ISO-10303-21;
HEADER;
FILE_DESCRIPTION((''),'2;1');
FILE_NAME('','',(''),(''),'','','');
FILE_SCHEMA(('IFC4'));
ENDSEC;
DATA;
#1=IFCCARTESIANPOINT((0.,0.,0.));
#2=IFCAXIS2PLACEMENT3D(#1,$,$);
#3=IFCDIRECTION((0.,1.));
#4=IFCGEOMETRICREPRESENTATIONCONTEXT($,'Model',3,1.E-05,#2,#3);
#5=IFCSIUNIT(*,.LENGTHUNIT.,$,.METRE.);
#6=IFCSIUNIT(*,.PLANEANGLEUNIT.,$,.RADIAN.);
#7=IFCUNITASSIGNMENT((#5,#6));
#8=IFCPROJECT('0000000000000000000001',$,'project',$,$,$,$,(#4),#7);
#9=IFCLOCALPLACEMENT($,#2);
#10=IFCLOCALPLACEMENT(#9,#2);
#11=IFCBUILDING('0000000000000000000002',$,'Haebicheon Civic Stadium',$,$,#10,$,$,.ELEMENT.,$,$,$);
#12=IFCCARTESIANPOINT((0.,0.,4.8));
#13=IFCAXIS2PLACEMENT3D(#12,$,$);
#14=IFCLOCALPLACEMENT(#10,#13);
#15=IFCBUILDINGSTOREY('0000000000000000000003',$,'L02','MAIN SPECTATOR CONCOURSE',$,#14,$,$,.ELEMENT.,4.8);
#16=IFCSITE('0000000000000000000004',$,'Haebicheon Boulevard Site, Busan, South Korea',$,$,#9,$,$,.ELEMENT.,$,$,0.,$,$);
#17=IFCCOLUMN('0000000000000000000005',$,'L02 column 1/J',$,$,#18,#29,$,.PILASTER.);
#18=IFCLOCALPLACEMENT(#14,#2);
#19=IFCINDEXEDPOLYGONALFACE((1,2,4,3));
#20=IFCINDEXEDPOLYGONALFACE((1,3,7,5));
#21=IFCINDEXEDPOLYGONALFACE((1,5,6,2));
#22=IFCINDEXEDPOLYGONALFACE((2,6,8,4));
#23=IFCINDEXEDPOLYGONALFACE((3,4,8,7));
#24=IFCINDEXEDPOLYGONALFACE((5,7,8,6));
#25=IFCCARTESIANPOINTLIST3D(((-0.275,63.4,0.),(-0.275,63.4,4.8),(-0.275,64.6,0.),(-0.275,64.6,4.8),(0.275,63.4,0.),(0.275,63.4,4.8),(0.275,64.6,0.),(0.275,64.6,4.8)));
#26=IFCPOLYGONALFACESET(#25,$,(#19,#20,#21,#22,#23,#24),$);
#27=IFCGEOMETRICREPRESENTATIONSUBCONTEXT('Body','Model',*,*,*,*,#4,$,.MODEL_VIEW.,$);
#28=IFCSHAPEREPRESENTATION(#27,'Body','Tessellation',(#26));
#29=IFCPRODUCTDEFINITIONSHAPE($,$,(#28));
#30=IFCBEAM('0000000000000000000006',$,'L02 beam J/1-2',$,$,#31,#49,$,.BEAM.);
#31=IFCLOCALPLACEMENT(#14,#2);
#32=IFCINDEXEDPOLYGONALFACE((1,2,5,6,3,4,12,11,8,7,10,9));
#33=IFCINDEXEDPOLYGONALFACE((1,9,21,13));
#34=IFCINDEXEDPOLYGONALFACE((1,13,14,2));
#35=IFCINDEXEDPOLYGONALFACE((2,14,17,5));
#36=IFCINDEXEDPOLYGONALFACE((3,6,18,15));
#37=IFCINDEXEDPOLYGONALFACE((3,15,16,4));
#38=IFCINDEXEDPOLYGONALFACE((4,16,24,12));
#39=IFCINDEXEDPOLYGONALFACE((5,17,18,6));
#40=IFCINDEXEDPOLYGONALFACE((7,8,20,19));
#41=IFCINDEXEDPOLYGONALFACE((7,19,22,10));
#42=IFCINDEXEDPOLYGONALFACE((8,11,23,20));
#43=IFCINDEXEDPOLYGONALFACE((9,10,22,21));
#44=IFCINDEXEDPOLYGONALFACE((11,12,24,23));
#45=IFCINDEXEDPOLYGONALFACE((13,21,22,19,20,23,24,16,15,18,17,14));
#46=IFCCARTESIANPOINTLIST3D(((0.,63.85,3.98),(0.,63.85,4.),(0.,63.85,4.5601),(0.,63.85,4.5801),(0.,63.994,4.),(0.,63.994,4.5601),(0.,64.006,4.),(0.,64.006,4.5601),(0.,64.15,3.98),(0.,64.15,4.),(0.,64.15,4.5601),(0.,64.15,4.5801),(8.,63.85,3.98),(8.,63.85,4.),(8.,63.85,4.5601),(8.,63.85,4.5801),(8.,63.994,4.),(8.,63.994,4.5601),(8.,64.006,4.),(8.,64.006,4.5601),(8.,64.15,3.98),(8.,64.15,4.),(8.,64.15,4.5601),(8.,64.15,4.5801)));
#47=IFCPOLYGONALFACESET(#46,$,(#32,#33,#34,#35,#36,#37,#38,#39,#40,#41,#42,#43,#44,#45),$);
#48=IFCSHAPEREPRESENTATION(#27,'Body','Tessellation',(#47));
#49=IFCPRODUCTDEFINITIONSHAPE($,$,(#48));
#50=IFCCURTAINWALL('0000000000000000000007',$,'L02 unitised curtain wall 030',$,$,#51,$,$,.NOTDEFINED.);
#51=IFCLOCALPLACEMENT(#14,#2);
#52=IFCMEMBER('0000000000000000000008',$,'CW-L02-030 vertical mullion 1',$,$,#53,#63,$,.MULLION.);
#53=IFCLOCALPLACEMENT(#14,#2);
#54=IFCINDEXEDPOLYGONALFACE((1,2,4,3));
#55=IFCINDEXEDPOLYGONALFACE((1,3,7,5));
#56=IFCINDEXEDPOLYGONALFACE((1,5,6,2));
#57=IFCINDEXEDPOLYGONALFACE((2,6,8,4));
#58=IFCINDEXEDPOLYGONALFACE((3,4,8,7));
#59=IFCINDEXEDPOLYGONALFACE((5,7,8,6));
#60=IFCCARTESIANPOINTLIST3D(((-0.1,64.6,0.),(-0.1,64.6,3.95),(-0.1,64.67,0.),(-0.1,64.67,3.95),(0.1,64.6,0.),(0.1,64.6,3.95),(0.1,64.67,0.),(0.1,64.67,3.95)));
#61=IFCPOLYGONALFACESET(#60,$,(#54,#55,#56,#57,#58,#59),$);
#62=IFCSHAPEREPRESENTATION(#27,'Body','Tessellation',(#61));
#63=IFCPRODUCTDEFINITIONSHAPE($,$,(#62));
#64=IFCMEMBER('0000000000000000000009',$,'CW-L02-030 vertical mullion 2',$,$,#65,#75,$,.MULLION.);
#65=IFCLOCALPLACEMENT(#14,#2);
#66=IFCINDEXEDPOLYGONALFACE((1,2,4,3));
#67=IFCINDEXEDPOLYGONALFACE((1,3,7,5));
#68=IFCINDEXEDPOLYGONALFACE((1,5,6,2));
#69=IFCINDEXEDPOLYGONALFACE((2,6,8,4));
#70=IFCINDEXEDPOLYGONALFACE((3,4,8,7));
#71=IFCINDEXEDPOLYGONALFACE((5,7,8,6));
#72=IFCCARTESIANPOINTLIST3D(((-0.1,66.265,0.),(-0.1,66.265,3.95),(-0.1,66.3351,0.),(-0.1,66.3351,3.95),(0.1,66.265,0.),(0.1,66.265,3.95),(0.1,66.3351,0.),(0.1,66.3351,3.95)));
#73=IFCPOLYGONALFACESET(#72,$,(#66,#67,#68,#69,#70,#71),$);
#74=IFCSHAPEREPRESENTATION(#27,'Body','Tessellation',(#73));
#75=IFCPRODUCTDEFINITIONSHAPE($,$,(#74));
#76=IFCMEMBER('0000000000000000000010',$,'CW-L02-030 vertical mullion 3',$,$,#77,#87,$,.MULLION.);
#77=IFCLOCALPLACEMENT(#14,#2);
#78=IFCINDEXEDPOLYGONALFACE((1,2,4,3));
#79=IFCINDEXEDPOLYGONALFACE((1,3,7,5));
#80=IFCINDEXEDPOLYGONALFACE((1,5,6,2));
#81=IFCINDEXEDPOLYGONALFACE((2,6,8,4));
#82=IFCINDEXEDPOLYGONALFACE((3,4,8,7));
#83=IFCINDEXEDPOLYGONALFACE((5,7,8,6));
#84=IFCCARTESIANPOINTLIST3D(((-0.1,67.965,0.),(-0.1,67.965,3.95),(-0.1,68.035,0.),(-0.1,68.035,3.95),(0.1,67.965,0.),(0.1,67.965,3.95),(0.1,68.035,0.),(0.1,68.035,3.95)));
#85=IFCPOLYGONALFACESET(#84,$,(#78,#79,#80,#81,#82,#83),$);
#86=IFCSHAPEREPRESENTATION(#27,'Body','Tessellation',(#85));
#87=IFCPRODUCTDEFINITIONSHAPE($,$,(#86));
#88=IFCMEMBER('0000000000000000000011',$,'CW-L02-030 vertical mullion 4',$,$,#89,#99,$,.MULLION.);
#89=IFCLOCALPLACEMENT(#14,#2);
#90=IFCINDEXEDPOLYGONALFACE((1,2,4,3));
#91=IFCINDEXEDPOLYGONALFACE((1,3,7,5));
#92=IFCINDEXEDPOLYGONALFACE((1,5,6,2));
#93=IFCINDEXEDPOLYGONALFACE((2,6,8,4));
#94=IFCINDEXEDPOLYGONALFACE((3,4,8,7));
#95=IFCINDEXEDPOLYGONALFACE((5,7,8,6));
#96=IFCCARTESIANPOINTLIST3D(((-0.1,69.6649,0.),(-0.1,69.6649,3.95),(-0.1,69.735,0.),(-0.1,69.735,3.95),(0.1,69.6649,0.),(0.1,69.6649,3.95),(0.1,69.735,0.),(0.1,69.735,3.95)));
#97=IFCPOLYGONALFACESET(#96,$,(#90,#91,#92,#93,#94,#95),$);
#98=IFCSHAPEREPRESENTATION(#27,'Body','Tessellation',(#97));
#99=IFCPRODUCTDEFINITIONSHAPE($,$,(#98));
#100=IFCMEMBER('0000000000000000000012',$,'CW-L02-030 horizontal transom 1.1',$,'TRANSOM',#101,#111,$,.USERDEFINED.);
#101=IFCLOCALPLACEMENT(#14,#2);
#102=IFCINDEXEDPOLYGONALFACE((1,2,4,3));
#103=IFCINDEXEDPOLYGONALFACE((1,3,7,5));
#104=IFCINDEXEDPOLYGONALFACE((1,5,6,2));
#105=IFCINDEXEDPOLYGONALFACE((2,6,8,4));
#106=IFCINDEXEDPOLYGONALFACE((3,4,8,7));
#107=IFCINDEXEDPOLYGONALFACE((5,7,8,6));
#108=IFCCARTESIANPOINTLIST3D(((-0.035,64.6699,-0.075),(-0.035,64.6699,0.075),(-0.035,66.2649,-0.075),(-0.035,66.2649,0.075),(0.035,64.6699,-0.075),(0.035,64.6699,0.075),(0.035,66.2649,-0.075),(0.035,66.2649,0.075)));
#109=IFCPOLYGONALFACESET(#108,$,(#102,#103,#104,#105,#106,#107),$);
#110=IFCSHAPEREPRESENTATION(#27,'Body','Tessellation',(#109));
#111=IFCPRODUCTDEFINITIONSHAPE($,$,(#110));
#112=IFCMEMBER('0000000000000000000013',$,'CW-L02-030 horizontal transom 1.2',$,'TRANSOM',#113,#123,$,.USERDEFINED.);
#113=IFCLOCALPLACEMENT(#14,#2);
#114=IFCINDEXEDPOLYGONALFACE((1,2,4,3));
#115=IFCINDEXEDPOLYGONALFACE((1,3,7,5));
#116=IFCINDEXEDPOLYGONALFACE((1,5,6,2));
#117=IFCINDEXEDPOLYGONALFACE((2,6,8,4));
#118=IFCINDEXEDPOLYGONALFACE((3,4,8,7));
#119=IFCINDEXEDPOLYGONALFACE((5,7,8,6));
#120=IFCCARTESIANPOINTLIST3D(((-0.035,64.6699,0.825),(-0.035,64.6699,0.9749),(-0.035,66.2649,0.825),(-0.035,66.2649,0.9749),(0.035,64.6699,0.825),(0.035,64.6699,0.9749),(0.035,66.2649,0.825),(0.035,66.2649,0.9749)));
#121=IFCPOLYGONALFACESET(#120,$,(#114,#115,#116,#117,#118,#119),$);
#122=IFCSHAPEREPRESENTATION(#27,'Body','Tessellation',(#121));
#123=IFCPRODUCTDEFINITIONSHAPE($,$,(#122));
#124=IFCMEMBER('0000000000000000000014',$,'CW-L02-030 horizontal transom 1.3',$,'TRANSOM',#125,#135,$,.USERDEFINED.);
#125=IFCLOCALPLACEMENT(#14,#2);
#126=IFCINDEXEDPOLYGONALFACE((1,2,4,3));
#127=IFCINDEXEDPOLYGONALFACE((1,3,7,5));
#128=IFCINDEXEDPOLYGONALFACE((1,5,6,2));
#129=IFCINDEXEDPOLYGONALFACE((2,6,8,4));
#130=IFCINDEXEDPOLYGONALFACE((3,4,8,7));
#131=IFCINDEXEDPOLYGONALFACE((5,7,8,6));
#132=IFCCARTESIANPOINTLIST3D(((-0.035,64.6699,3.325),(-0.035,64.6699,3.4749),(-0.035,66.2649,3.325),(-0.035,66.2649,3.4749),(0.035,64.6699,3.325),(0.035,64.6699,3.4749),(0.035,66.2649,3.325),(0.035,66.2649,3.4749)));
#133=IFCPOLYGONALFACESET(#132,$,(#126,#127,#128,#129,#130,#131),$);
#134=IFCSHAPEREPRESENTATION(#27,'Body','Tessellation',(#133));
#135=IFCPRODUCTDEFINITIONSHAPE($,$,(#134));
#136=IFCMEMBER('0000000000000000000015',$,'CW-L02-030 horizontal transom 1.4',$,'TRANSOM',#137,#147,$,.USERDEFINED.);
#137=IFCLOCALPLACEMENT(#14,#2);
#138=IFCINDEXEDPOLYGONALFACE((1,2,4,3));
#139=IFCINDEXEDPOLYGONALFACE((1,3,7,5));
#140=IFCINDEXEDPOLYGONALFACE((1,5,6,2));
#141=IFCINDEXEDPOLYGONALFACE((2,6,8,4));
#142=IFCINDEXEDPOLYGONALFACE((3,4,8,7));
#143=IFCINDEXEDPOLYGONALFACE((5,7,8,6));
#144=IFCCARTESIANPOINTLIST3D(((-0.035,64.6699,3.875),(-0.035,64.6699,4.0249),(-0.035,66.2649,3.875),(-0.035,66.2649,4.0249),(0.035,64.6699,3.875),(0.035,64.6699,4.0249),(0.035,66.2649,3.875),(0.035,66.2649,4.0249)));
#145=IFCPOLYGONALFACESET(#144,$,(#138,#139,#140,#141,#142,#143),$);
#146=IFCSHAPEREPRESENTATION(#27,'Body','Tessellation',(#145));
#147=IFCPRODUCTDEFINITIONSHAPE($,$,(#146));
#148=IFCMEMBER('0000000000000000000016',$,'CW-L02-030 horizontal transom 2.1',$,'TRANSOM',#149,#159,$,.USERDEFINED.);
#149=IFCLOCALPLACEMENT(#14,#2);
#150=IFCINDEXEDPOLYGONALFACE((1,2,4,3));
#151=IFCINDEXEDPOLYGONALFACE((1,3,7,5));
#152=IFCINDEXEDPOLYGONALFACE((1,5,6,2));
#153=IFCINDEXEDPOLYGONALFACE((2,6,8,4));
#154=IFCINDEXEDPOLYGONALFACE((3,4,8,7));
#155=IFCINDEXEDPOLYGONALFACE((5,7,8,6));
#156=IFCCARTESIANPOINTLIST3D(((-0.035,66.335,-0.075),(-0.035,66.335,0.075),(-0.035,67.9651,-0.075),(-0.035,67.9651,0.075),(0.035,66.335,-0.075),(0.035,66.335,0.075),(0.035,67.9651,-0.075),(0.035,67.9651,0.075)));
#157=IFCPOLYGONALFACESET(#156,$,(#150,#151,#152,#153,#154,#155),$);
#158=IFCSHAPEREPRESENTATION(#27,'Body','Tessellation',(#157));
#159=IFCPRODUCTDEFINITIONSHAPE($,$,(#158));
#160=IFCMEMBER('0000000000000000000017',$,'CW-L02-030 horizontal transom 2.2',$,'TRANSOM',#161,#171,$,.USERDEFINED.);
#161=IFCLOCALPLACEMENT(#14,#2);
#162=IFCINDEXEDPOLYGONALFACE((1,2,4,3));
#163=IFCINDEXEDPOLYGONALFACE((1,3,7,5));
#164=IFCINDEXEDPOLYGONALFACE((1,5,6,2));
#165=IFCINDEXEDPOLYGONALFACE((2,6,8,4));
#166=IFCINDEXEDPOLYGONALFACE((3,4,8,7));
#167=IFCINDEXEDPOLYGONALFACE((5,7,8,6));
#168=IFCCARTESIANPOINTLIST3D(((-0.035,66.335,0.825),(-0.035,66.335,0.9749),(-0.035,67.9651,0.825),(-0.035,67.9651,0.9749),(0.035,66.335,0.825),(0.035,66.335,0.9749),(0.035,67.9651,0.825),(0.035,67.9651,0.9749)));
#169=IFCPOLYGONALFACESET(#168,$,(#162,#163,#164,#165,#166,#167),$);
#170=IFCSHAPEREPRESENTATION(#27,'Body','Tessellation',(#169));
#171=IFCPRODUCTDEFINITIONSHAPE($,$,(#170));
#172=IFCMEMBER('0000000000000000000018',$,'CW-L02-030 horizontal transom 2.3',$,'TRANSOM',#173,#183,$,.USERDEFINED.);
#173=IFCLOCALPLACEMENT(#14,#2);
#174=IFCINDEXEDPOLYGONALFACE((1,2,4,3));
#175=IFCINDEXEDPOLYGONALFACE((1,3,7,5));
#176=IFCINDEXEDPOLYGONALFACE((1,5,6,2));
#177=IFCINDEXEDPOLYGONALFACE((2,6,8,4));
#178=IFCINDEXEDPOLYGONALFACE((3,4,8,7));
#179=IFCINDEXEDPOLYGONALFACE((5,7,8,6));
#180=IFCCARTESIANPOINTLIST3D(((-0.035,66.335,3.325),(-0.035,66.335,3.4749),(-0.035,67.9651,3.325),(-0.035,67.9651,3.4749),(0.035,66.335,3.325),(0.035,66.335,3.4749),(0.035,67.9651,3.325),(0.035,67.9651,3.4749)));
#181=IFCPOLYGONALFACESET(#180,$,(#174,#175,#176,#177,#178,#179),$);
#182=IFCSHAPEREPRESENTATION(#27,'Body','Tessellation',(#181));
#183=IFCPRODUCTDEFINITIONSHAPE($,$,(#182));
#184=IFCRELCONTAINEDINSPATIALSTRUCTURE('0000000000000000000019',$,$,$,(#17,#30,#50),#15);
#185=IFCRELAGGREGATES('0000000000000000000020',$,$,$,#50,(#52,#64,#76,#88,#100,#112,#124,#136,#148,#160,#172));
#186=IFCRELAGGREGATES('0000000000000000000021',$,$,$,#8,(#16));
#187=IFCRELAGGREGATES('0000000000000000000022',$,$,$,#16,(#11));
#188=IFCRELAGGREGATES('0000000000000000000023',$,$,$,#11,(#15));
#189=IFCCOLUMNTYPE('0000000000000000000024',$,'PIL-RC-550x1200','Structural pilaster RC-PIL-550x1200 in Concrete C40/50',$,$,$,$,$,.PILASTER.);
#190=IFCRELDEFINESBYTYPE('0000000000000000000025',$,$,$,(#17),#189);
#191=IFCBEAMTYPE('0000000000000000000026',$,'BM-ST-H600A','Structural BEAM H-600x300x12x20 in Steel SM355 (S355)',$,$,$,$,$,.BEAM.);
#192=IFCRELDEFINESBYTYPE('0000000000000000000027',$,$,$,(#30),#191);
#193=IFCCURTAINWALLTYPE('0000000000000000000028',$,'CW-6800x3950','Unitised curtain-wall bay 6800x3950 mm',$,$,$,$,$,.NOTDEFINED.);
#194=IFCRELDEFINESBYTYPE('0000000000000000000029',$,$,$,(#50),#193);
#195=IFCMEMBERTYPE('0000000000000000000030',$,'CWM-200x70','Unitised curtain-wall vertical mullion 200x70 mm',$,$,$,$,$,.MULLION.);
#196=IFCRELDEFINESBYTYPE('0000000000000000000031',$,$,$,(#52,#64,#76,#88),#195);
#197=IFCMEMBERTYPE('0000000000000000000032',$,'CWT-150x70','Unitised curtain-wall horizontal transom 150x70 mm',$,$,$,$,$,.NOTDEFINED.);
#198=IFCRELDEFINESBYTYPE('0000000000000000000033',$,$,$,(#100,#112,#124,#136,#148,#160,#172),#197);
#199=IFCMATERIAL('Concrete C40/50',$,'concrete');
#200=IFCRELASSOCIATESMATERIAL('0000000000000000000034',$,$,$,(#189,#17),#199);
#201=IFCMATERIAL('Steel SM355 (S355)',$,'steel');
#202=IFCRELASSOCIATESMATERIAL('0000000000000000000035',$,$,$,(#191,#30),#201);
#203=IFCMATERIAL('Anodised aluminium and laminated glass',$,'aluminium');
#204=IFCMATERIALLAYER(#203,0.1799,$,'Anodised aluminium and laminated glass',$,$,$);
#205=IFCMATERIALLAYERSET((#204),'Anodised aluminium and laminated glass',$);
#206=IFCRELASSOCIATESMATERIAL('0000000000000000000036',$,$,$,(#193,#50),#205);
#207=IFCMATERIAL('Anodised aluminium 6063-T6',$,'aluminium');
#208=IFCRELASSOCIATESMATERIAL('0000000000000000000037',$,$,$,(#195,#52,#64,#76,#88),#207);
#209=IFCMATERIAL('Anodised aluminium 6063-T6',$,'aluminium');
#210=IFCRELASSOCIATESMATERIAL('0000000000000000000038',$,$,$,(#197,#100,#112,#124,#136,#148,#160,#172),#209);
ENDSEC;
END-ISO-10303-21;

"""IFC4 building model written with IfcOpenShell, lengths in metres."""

from ifc_helpers import new_model, si_unit, direction, frame, origin, origin_2d, place, context, subcontext, project, spatial, rectangle, i_section, extrude, material, layer, layer_set, material_profile, profile_set, type_object, element, aggregate, save


model = new_model("IFC4")

# Units and contexts
model_context = context("Model", 3, precision=1e-05, world=origin(), true_north=direction((0.0, 1.0)))
body_context = subcontext(model_context, "Body", "Model", "MODEL_VIEW")
ifc_project = project(units=[si_unit("LENGTHUNIT", "METRE"), si_unit("PLANEANGLEUNIT", "RADIAN")], contexts=[model_context])

# Site, building, storey
site_placement = place(None, origin())
site = spatial("IfcSite", under=ifc_project, at=site_placement, Name="Haebicheon Boulevard Site, Busan, South Korea", CompositionType="ELEMENT", RefElevation=0.0)
building_placement = place(site_placement, origin())
building = spatial("IfcBuilding", under=site, at=building_placement, Name="Haebicheon Civic Stadium", CompositionType="ELEMENT")
storey_placement = place(building_placement, frame((0.0, 0.0, 4.8)))
storey = spatial("IfcBuildingStorey", under=building, at=storey_placement, Name="L02", Description="MAIN SPECTATOR CONCOURSE", CompositionType="ELEMENT", Elevation=4.8)

# Column
ifc_material_1 = material(Name="Concrete C40/50", Category="concrete")
ifc_material_profile_1 = material_profile(ifc_material_1, rectangle(XDim=0.55, YDim=1.2, at=origin_2d()), Name="RC-PIL-550x1200")
ifc_profile_set_1 = profile_set([ifc_material_profile_1], Name="Concrete C40/50")
column_type = type_object("IfcColumnType", Name="PIL-RC-550x1200", Description="Structural pilaster RC-PIL-550x1200 in Concrete C40/50", PredefinedType="PILASTER", material=ifc_profile_set_1)
column_placement = place(storey_placement, frame((0.0, 64.0, 0.0), z_axis=(0.0, 0.0, 1.0), x_axis=(1.0, 0.0, 0.0)))
element("IfcColumn", 1, at=column_placement, inside=storey, type_object=column_type, material=ifc_profile_set_1, Name="L02 column 1/J", PredefinedType="PILASTER", context=body_context, shape_type="SweptSolid", body=[
    extrude(rectangle(XDim=0.55, YDim=1.2, at=origin_2d()), origin(), (0.0, 0.0, 1.0), 4.8),
])

# Beam
ifc_material_2 = material(Name="Steel SM355 (S355)", Category="steel")
ifc_material_profile_2 = material_profile(ifc_material_2, i_section(OverallWidth=0.3, OverallDepth=0.6001, WebThickness=0.012, FlangeThickness=0.02, at=origin_2d()), Name="H-600x300x12x20")
ifc_profile_set_2 = profile_set([ifc_material_profile_2], Name="Steel SM355 (S355)")
beam_type_1 = type_object("IfcBeamType", Name="BM-ST-H600A", Description="Structural BEAM H-600x300x12x20 in Steel SM355 (S355)", PredefinedType="BEAM", material=ifc_profile_set_2)
beam_1_placement = place(storey_placement, frame((0.0, 64.0, 4.28), z_axis=(1.0, 0.0, 0.0), x_axis=(0.0, 1.0, 0.0)))
element("IfcBeam", 2, at=beam_1_placement, inside=storey, type_object=beam_type_1, material=ifc_profile_set_2, Name="L02 beam J/1-2", PredefinedType="BEAM", context=body_context, shape_type="SweptSolid", body=[
    extrude(i_section(OverallWidth=0.3, OverallDepth=0.6001, WebThickness=0.012, FlangeThickness=0.02, at=origin_2d()), origin(), (0.0, 0.0, 1.0), 8.0),
])

# Curtain wall, members
ifc_material_3 = material(Name="Anodised aluminium and laminated glass", Category="aluminium")
ifc_layer_1 = layer(ifc_material_3, 0.1799, Name="Anodised aluminium and laminated glass")
ifc_layer_set_1 = layer_set([ifc_layer_1], Name="Anodised aluminium and laminated glass")
curtain_wall_type = type_object("IfcCurtainWallType", Name="CW-6800x3950", Description="Unitised curtain-wall bay 6800x3950 mm", PredefinedType="NOTDEFINED", material=ifc_layer_set_1)
curtain_wall_placement = place(storey_placement, origin())
curtain_wall = element("IfcCurtainWall", 3, at=curtain_wall_placement, inside=storey, type_object=curtain_wall_type, material=ifc_layer_set_1, Name="L02 unitised curtain wall 030", PredefinedType="NOTDEFINED")
ifc_material_4 = material(Name="Anodised aluminium 6063-T6", Category="aluminium")
ifc_material_profile_3 = material_profile(ifc_material_4, rectangle(XDim=0.0701, YDim=0.2, at=origin_2d()), Name="ALU-MULL-70x200")
ifc_profile_set_3 = profile_set([ifc_material_profile_3], Name="Anodised aluminium 6063-T6")
member_type_1 = type_object("IfcMemberType", Name="CWM-200x70", Description="Unitised curtain-wall vertical mullion 200x70 mm", PredefinedType="MULLION", material=ifc_profile_set_3)
member_1_placement = place(storey_placement, frame((0.0, 64.635, 0.0), z_axis=(0.0, 0.0, 1.0), x_axis=(0.0, 1.0, 0.0)))
member_1 = element("IfcMember", 4, at=member_1_placement, type_object=member_type_1, material=ifc_profile_set_3, Name="CW-L02-030 vertical mullion 1", PredefinedType="MULLION", context=body_context, shape_type="SweptSolid", body=[
    extrude(rectangle(XDim=0.0701, YDim=0.2, at=origin_2d()), origin(), (0.0, 0.0, 1.0), 3.95),
])
member_2_placement = place(storey_placement, frame((0.0, 66.3, 0.0), z_axis=(0.0, 0.0, 1.0), x_axis=(0.0, 1.0, 0.0)))
member_2 = element("IfcMember", 5, at=member_2_placement, type_object=member_type_1, material=ifc_profile_set_3, Name="CW-L02-030 vertical mullion 2", PredefinedType="MULLION", context=body_context, shape_type="SweptSolid", body=[
    extrude(rectangle(XDim=0.0701, YDim=0.2, at=origin_2d()), origin(), (0.0, 0.0, 1.0), 3.95),
])
member_3_placement = place(storey_placement, frame((0.0, 68.0, 0.0), z_axis=(0.0, 0.0, 1.0), x_axis=(0.0, 1.0, 0.0)))
member_3 = element("IfcMember", 6, at=member_3_placement, type_object=member_type_1, material=ifc_profile_set_3, Name="CW-L02-030 vertical mullion 3", PredefinedType="MULLION", context=body_context, shape_type="SweptSolid", body=[
    extrude(rectangle(XDim=0.0701, YDim=0.2, at=origin_2d()), origin(), (0.0, 0.0, 1.0), 3.95),
])
member_4_placement = place(storey_placement, frame((0.0, 69.7, 0.0), z_axis=(0.0, 0.0, 1.0), x_axis=(0.0, 1.0, 0.0)))
member_4 = element("IfcMember", 7, at=member_4_placement, type_object=member_type_1, material=ifc_profile_set_3, Name="CW-L02-030 vertical mullion 4", PredefinedType="MULLION", context=body_context, shape_type="SweptSolid", body=[
    extrude(rectangle(XDim=0.0701, YDim=0.2, at=origin_2d()), origin(), (0.0, 0.0, 1.0), 3.95),
])
ifc_material_5 = material(Name="Anodised aluminium 6063-T6", Category="aluminium")
ifc_material_profile_4 = material_profile(ifc_material_5, rectangle(XDim=0.0701, YDim=0.1499, at=origin_2d()), Name="ALU-TRAN-70x150")
ifc_profile_set_4 = profile_set([ifc_material_profile_4], Name="Anodised aluminium 6063-T6")
member_type_2 = type_object("IfcMemberType", Name="CWT-150x70", Description="Unitised curtain-wall horizontal transom 150x70 mm", PredefinedType="NOTDEFINED", material=ifc_profile_set_4)
member_5_placement = place(storey_placement, frame((0.0, 64.6699, 0.0), z_axis=(0.0, 1.0, 0.0), x_axis=(-1.0, 0.0, 0.0)))
member_5 = element("IfcMember", 8, at=member_5_placement, type_object=member_type_2, material=ifc_profile_set_4, Name="CW-L02-030 horizontal transom 1.1", ObjectType="TRANSOM", PredefinedType="USERDEFINED", context=body_context, shape_type="SweptSolid", body=[
    extrude(rectangle(XDim=0.0701, YDim=0.1499, at=origin_2d()), origin(), (0.0, 0.0, 1.0), 1.595),
])
member_6_placement = place(storey_placement, frame((0.0, 64.6699, 0.8999), z_axis=(0.0, 1.0, 0.0), x_axis=(-1.0, 0.0, 0.0)))
member_6 = element("IfcMember", 9, at=member_6_placement, type_object=member_type_2, material=ifc_profile_set_4, Name="CW-L02-030 horizontal transom 1.2", ObjectType="TRANSOM", PredefinedType="USERDEFINED", context=body_context, shape_type="SweptSolid", body=[
    extrude(rectangle(XDim=0.0701, YDim=0.1499, at=origin_2d()), origin(), (0.0, 0.0, 1.0), 1.595),
])
member_7_placement = place(storey_placement, frame((0.0, 64.6699, 3.3999), z_axis=(0.0, 1.0, 0.0), x_axis=(-1.0, 0.0, 0.0)))
member_7 = element("IfcMember", 10, at=member_7_placement, type_object=member_type_2, material=ifc_profile_set_4, Name="CW-L02-030 horizontal transom 1.3", ObjectType="TRANSOM", PredefinedType="USERDEFINED", context=body_context, shape_type="SweptSolid", body=[
    extrude(rectangle(XDim=0.0701, YDim=0.1499, at=origin_2d()), origin(), (0.0, 0.0, 1.0), 1.595),
])
member_8_placement = place(storey_placement, frame((0.0, 64.6699, 3.95), z_axis=(0.0, 1.0, 0.0), x_axis=(-1.0, 0.0, 0.0)))
member_8 = element("IfcMember", 11, at=member_8_placement, type_object=member_type_2, material=ifc_profile_set_4, Name="CW-L02-030 horizontal transom 1.4", ObjectType="TRANSOM", PredefinedType="USERDEFINED", context=body_context, shape_type="SweptSolid", body=[
    extrude(rectangle(XDim=0.0701, YDim=0.1499, at=origin_2d()), origin(), (0.0, 0.0, 1.0), 1.595),
])
member_9_placement = place(storey_placement, frame((0.0, 66.335, 0.0), z_axis=(0.0, 1.0, 0.0), x_axis=(-1.0, 0.0, 0.0)))
member_9 = element("IfcMember", 12, at=member_9_placement, type_object=member_type_2, material=ifc_profile_set_4, Name="CW-L02-030 horizontal transom 2.1", ObjectType="TRANSOM", PredefinedType="USERDEFINED", context=body_context, shape_type="SweptSolid", body=[
    extrude(rectangle(XDim=0.0701, YDim=0.1499, at=origin_2d()), origin(), (0.0, 0.0, 1.0), 1.6301),
])
member_10_placement = place(storey_placement, frame((0.0, 66.335, 0.8999), z_axis=(0.0, 1.0, 0.0), x_axis=(-1.0, 0.0, 0.0)))
member_10 = element("IfcMember", 13, at=member_10_placement, type_object=member_type_2, material=ifc_profile_set_4, Name="CW-L02-030 horizontal transom 2.2", ObjectType="TRANSOM", PredefinedType="USERDEFINED", context=body_context, shape_type="SweptSolid", body=[
    extrude(rectangle(XDim=0.0701, YDim=0.1499, at=origin_2d()), origin(), (0.0, 0.0, 1.0), 1.6301),
])
member_11_placement = place(storey_placement, frame((0.0, 66.335, 3.3999), z_axis=(0.0, 1.0, 0.0), x_axis=(-1.0, 0.0, 0.0)))
member_11 = element("IfcMember", 14, at=member_11_placement, type_object=member_type_2, material=ifc_profile_set_4, Name="CW-L02-030 horizontal transom 2.3", ObjectType="TRANSOM", PredefinedType="USERDEFINED", context=body_context, shape_type="SweptSolid", body=[
    extrude(rectangle(XDim=0.0701, YDim=0.1499, at=origin_2d()), origin(), (0.0, 0.0, 1.0), 1.6301),
])

aggregate(curtain_wall, [member_1, member_2, member_3, member_4, member_5, member_6, member_7, member_8, member_9, member_10, member_11])

save(model, "model.ifc")
